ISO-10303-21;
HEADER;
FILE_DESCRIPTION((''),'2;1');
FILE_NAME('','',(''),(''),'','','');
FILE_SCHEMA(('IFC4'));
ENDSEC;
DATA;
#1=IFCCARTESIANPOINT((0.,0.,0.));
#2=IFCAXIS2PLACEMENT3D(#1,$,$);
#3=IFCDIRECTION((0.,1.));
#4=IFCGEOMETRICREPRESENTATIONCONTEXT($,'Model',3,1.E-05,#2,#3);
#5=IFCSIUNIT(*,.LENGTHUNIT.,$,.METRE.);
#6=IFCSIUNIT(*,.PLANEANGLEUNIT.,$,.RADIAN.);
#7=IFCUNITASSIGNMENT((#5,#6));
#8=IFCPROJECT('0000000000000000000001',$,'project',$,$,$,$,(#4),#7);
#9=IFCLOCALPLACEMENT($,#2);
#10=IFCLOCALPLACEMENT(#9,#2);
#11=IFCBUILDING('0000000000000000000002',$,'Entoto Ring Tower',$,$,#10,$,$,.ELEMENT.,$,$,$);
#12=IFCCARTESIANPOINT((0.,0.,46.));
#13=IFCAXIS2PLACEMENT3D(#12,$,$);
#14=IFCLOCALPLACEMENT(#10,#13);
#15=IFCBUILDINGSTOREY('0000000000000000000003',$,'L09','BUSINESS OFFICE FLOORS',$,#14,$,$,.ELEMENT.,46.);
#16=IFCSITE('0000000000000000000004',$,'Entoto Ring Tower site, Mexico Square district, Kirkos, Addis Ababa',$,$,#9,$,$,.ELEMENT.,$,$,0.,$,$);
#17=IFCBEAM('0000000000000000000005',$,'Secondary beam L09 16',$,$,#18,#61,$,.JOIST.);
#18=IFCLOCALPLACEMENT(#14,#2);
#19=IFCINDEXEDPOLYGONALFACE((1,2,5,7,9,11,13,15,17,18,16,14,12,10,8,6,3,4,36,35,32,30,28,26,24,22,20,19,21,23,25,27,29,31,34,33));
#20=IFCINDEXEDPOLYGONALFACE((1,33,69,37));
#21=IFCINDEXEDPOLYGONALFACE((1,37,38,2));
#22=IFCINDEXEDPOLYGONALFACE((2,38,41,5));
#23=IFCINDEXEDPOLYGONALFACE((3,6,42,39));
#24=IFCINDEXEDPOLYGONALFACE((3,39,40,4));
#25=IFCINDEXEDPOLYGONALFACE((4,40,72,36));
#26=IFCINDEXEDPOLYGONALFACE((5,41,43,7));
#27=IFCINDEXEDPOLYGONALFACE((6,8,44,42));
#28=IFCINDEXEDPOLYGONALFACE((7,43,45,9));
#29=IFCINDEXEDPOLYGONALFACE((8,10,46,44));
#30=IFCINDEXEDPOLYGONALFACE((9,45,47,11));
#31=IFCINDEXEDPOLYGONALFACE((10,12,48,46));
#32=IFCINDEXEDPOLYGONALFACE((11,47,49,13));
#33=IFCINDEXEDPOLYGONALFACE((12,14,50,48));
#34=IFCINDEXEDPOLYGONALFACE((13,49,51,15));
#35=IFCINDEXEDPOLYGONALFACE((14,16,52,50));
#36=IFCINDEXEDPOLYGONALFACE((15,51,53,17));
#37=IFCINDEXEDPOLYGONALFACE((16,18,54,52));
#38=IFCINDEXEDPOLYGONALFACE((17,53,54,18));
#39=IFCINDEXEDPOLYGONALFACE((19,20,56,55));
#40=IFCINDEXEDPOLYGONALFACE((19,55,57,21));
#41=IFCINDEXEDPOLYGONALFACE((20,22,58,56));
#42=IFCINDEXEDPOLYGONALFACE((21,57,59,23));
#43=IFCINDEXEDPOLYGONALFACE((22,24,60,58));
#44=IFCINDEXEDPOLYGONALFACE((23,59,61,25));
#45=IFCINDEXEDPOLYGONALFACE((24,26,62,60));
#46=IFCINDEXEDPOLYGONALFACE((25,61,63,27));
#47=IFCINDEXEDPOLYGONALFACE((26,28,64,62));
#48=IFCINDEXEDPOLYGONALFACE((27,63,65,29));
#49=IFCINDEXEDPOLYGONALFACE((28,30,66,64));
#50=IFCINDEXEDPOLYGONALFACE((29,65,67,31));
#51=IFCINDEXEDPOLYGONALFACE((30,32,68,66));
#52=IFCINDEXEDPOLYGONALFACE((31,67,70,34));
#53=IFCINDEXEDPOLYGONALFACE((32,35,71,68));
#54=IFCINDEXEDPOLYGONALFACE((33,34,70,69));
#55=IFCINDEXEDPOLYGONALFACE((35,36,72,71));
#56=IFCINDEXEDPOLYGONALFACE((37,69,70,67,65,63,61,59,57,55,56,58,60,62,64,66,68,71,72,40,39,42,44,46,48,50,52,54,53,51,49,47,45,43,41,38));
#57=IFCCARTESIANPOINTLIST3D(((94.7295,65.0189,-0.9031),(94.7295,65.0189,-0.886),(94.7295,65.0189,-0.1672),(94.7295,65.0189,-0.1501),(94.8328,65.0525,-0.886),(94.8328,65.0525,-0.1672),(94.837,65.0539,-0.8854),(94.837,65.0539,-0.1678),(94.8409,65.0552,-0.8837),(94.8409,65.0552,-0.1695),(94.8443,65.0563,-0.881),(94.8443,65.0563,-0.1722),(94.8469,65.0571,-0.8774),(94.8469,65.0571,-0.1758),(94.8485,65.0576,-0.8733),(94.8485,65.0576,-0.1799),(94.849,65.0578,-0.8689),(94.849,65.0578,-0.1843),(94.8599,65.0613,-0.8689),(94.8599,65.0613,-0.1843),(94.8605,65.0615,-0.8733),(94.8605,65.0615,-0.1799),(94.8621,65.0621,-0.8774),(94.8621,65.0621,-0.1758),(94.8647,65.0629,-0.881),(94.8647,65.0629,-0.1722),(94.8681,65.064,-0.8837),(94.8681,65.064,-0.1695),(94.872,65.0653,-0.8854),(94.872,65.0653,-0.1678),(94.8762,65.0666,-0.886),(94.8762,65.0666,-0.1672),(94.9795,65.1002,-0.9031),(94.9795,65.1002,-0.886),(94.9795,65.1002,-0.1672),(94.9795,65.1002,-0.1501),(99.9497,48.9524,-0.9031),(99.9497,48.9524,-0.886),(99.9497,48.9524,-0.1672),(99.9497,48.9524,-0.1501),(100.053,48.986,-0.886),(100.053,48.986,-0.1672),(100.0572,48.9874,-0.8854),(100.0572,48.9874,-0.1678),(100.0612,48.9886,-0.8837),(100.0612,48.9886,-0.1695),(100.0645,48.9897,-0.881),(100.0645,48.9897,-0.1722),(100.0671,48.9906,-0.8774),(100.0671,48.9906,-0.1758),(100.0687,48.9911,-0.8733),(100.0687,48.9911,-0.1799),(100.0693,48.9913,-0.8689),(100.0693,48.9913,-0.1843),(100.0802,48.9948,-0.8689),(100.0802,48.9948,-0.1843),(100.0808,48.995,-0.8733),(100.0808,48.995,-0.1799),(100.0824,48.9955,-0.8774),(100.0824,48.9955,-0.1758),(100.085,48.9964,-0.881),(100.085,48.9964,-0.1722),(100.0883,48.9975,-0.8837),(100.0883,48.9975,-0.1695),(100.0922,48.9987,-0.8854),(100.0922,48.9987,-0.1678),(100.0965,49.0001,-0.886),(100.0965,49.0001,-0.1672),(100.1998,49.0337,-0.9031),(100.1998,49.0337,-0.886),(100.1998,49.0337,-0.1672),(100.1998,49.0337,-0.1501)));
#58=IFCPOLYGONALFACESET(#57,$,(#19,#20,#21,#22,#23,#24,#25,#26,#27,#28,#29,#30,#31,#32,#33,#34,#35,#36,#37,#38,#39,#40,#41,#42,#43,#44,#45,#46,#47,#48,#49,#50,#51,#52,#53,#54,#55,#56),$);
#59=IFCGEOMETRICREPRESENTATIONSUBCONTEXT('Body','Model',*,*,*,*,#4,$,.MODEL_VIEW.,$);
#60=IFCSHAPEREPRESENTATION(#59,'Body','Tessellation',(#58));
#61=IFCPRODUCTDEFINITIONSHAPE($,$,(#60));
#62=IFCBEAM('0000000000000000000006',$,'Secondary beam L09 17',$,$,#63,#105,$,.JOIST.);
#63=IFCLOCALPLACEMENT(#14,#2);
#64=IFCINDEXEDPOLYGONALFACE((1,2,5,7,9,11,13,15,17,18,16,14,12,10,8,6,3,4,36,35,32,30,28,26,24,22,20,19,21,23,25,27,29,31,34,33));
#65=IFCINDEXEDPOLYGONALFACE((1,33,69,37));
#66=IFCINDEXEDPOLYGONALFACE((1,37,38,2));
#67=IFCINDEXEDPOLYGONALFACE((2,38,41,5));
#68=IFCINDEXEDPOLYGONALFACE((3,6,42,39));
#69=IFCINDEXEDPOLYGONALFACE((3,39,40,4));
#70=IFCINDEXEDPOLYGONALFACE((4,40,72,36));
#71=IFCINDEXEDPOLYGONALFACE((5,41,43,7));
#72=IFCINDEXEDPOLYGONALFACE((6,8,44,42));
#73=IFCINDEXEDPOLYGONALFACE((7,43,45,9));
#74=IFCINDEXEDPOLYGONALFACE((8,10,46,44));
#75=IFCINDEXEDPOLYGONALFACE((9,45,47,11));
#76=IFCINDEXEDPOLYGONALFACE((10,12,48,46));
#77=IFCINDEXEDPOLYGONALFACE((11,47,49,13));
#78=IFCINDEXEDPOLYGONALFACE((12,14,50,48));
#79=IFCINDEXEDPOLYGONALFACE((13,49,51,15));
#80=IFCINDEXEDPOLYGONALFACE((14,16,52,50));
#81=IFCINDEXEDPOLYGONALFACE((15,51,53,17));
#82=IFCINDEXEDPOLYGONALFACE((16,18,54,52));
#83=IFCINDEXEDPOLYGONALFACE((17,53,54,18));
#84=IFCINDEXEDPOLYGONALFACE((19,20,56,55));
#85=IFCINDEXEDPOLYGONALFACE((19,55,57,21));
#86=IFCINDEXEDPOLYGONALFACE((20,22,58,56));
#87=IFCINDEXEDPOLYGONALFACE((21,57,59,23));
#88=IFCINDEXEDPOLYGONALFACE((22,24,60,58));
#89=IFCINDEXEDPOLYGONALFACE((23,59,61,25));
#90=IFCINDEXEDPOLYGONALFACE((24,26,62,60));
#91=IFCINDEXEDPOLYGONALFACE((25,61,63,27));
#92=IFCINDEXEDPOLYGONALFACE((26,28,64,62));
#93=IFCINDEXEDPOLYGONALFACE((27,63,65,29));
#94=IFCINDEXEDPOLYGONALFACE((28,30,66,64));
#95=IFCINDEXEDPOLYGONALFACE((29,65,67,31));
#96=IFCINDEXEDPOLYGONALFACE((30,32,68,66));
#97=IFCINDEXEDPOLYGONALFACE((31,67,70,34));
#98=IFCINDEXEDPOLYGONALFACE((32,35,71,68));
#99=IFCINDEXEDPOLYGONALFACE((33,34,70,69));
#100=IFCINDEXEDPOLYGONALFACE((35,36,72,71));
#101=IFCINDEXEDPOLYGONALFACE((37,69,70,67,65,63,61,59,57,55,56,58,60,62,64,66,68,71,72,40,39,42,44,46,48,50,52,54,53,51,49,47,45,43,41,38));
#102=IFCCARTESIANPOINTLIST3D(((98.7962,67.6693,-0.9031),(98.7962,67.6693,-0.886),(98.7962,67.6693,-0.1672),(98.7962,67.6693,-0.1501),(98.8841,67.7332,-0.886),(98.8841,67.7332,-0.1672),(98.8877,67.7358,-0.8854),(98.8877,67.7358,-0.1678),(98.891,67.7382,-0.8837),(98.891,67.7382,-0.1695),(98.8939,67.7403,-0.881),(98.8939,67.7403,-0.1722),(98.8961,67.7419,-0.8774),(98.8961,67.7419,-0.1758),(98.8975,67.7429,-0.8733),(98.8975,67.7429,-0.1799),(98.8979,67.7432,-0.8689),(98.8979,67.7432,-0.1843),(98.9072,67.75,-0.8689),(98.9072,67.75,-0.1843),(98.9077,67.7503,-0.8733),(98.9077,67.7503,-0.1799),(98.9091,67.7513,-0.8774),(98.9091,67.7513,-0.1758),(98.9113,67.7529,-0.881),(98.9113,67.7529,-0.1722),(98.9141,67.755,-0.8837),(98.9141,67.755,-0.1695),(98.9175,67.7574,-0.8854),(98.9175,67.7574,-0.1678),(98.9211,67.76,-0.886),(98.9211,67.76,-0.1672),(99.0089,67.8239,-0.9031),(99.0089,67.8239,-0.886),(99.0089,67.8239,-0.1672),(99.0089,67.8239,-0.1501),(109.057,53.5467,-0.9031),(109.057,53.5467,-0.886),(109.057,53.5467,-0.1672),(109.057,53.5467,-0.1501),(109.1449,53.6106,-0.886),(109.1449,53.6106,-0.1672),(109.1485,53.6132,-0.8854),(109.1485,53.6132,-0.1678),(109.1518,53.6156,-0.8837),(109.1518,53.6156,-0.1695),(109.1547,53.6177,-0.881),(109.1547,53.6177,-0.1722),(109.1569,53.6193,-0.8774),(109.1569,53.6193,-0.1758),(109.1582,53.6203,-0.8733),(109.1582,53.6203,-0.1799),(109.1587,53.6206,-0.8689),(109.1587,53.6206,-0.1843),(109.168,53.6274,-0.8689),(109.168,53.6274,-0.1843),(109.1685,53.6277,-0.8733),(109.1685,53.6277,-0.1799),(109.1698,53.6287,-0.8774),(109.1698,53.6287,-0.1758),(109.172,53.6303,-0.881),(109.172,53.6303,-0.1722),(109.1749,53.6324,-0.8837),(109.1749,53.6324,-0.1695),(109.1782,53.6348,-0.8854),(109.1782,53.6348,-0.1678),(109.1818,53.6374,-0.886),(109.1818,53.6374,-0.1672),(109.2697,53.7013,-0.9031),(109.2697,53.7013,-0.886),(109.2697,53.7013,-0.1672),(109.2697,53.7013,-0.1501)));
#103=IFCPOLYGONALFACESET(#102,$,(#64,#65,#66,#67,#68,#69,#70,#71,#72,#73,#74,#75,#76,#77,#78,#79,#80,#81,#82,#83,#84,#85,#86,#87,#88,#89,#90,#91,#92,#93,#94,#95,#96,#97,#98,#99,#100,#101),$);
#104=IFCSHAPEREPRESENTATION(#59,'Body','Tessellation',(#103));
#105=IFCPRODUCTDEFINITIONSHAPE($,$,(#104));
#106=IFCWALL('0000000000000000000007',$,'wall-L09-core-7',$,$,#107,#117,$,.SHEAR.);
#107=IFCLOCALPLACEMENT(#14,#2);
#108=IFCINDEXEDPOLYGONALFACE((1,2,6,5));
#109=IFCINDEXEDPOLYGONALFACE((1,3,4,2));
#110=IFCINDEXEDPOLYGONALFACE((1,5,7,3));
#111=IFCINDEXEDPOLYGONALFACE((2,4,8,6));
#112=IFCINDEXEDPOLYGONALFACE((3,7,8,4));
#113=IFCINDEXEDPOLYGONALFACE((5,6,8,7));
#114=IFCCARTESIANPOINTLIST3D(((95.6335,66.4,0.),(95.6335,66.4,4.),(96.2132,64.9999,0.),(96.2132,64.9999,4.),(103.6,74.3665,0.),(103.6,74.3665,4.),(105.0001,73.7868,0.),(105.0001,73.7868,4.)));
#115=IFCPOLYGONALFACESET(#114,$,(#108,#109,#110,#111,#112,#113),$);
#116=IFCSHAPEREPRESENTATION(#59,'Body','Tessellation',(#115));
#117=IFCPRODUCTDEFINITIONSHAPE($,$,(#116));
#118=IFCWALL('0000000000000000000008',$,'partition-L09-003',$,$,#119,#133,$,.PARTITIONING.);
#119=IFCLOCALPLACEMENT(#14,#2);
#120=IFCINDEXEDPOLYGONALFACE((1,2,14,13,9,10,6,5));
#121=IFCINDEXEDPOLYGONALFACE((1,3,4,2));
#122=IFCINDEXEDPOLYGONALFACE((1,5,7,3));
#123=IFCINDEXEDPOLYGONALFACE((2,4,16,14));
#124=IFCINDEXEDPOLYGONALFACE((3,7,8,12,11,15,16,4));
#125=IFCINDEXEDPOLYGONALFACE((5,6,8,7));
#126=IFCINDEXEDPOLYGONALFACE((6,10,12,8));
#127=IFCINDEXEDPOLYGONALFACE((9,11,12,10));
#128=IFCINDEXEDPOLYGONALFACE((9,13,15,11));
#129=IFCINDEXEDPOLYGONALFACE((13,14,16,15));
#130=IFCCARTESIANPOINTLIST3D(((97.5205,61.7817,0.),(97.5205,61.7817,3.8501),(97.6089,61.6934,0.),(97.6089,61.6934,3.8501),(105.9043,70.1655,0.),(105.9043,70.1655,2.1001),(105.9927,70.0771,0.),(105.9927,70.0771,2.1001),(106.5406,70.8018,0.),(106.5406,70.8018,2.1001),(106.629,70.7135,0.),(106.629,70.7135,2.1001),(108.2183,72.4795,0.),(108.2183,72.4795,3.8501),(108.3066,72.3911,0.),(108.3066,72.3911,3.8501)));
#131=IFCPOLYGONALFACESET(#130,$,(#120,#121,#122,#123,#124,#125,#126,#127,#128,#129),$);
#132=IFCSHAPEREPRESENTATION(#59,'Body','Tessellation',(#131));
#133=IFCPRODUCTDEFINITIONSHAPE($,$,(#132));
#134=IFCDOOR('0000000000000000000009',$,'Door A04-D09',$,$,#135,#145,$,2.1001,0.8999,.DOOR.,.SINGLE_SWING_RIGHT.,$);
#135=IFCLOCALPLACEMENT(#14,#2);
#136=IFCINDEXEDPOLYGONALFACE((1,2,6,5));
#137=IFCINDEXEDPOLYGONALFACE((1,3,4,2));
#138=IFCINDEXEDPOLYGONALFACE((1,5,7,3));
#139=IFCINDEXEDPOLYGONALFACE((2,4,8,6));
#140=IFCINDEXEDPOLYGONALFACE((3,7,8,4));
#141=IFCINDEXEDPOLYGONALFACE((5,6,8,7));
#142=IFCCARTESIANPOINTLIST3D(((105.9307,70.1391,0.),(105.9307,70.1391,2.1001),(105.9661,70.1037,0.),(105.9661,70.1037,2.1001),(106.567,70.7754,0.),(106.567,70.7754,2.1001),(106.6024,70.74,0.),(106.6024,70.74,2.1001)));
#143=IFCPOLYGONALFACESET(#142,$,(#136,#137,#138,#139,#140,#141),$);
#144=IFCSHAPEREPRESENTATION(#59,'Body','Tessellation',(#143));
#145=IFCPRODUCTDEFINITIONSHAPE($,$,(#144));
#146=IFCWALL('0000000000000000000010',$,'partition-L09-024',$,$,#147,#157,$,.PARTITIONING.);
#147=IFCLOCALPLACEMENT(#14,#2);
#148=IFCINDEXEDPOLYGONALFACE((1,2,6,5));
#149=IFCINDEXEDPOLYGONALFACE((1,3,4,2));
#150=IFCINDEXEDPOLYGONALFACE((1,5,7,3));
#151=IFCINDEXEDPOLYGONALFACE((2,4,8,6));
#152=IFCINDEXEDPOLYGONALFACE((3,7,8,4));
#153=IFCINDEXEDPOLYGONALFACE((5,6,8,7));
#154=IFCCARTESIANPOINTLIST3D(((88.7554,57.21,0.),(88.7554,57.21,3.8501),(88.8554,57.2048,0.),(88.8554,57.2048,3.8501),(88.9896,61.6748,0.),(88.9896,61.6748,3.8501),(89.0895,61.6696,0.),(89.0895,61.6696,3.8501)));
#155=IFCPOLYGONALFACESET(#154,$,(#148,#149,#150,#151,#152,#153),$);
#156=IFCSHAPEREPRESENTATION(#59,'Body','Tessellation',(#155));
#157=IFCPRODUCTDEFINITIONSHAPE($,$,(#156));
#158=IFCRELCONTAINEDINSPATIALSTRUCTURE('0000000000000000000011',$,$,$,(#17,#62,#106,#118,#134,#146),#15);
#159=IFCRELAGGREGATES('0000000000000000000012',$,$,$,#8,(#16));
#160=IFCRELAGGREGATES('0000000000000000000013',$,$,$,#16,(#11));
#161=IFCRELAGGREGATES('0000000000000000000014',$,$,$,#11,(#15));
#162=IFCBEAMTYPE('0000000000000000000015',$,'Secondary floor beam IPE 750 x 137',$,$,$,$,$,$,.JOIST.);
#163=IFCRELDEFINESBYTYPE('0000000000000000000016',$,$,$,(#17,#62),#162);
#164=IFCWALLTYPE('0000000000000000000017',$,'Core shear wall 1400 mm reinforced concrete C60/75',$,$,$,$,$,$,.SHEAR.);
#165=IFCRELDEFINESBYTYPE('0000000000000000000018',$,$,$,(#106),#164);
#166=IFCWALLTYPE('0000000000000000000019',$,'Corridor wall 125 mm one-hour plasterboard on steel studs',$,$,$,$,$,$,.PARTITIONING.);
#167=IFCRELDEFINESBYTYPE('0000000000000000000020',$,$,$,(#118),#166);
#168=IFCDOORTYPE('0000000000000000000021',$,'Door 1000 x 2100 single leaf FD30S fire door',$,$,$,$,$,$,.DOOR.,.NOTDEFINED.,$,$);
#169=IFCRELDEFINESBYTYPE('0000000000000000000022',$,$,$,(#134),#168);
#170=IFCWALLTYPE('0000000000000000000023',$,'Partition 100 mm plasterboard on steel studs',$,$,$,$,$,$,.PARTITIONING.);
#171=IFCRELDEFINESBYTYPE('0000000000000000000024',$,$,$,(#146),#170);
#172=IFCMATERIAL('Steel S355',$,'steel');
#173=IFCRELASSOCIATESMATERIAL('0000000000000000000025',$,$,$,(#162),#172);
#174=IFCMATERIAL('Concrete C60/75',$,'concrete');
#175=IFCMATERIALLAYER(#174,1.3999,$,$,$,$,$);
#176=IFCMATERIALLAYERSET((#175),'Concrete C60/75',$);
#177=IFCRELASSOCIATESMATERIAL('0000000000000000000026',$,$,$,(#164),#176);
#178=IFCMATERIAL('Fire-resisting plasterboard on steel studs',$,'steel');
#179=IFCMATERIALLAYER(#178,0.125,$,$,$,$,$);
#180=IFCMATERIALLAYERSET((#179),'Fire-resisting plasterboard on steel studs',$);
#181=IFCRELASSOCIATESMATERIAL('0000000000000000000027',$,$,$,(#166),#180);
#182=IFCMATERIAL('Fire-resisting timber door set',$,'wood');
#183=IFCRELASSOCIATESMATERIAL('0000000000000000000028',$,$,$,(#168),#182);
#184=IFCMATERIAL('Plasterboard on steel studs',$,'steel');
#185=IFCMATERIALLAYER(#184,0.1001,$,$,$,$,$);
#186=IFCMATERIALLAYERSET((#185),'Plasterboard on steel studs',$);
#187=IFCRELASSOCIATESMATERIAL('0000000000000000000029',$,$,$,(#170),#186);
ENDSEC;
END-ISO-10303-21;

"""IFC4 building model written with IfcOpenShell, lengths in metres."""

from ifc_helpers import new_model, si_unit, direction, frame, frame_2d, origin, origin_2d, place, context, subcontext, project, spatial, polyline, rectangle, i_section, outline, extrude, material, layer, layer_set, material_profile, profile_set, type_object, element, fill, save


model = new_model("IFC4")

# Units and contexts
model_context = context("Model", 3, precision=1e-05, world=origin(), true_north=direction((0.0, 1.0)))
body_context = subcontext(model_context, "Body", "Model", "MODEL_VIEW")
ifc_project = project(units=[si_unit("LENGTHUNIT", "METRE"), si_unit("PLANEANGLEUNIT", "RADIAN")], contexts=[model_context])

# Site, building, storey
site_placement = place(None, origin())
site = spatial("IfcSite", under=ifc_project, at=site_placement, Name="Entoto Ring Tower site, Mexico Square district, Kirkos, Addis Ababa", CompositionType="ELEMENT", RefElevation=0.0)
building_placement = place(site_placement, origin())
building = spatial("IfcBuilding", under=site, at=building_placement, Name="Entoto Ring Tower", CompositionType="ELEMENT")
storey_placement = place(building_placement, frame((0.0, 0.0, 46.0)))
storey = spatial("IfcBuildingStorey", under=building, at=storey_placement, Name="L09", Description="BUSINESS OFFICE FLOORS", CompositionType="ELEMENT", Elevation=46.0)

# Beams
ifc_material_1 = material(Name="Steel S355", Category="steel")
ifc_material_profile_1 = material_profile(ifc_material_1, i_section(OverallWidth=0.2629, OverallDepth=0.7529, WebThickness=0.0115, FlangeThickness=0.0171, FilletRadius=0.0171, at=origin_2d()), Name="IPE 750 x 137")
ifc_profile_set_1 = profile_set([ifc_material_profile_1], Name="Steel S355")
beam_type_1 = type_object("IfcBeamType", Name="Secondary floor beam IPE 750 x 137", PredefinedType="JOIST", material=ifc_profile_set_1)
beam_1_placement = place(storey_placement, frame((94.8545, 65.0596, -0.5266), z_axis=(0.309013, -0.951058, 0.0), x_axis=(0.951058, 0.309013, 0.0)))
element("IfcBeam", 1, at=beam_1_placement, inside=storey, type_object=beam_type_1, Name="Secondary beam L09 16", PredefinedType="JOIST", context=body_context, shape_type="SweptSolid", body=[
    extrude(i_section(OverallWidth=0.2629, OverallDepth=0.7529, WebThickness=0.0115, FlangeThickness=0.0171, FilletRadius=0.0171, at=origin_2d()), origin(), (0.0, 0.0, 1.0), 16.8933),
])
beam_2_placement = place(storey_placement, frame((98.9026, 67.7466, -0.5266), z_axis=(0.587789, -0.809014, 0.0), x_axis=(0.809014, 0.587789, 0.0)))
element("IfcBeam", 2, at=beam_2_placement, inside=storey, type_object=beam_type_1, Name="Secondary beam L09 17", PredefinedType="JOIST", context=body_context, shape_type="SweptSolid", body=[
    extrude(i_section(OverallWidth=0.2629, OverallDepth=0.7529, WebThickness=0.0115, FlangeThickness=0.0171, FilletRadius=0.0171, at=origin_2d()), origin(), (0.0, 0.0, 1.0), 17.4565),
])

# Wall
ifc_material_2 = material(Name="Concrete C60/75", Category="concrete")
ifc_layer_1 = layer(ifc_material_2, 1.3999)
ifc_layer_set_1 = layer_set([ifc_layer_1], Name="Concrete C60/75")
wall_type_1 = type_object("IfcWallType", Name="Core shear wall 1400 mm reinforced concrete C60/75", PredefinedType="SHEAR", material=ifc_layer_set_1)
wall_1_placement = place(storey_placement, frame((95.9233, 65.7, 0.0), z_axis=(0.0, 0.0, 1.0), x_axis=(0.707107, 0.707107, 0.0)))
element("IfcWall", 3, at=wall_1_placement, inside=storey, type_object=wall_type_1, Name="wall-L09-core-7", PredefinedType="SHEAR", context=body_context, shape_type="SweptSolid", body=[
    extrude(outline(polyline([(-0.29, -0.7), (12.1365, -0.7), (11.5564, 0.7), (0.29, 0.7), (-0.29, -0.7)])), origin(), (0.0, 0.0, 1.0), 4.0),
])

# Wall, opening, door
ifc_material_3 = material(Name="Fire-resisting plasterboard on steel studs", Category="steel")
ifc_layer_2 = layer(ifc_material_3, 0.125)
ifc_layer_set_2 = layer_set([ifc_layer_2], Name="Fire-resisting plasterboard on steel studs")
wall_type_2 = type_object("IfcWallType", Name="Corridor wall 125 mm one-hour plasterboard on steel studs", PredefinedType="PARTITIONING", material=ifc_layer_set_2)
wall_2_placement = place(storey_placement, frame((97.5647, 61.7375, 0.0), z_axis=(0.0, 0.0, 1.0), x_axis=(0.707107, 0.707107, 0.0)))
wall_2 = element("IfcWall", 4, at=wall_2_placement, inside=storey, type_object=wall_type_2, Name="partition-L09-003", PredefinedType="PARTITIONING", context=body_context, shape_type="SweptSolid", body=[
    extrude(rectangle(XDim=15.1289, YDim=0.125, at=frame_2d((7.5645, 0.0))), origin(), (0.0, 0.0, 1.0), 3.8501),
])
opening_placement = place(wall_2_placement, frame((11.8564, 0.0, 0.0)))
opening = element("IfcOpeningElement", 5, at=opening_placement, cuts=wall_2, PredefinedType="OPENING", context=body_context, shape_type="SweptSolid", body=[
    extrude(rectangle(XDim=0.8999, YDim=2.1001, at=frame_2d((0.45, 1.05))), frame((0.0, 0.0725, 0.0), z_axis=(0.0, -1.0, 0.0), x_axis=(1.0, 0.0, 0.0)), (0.0, 0.0, 1.0), 0.145),
])
ifc_material_4 = material(Name="Fire-resisting timber door set", Category="wood")
door_type = type_object("IfcDoorType", Name="Door 1000 x 2100 single leaf FD30S fire door", OperationType="NOTDEFINED", PredefinedType="DOOR", material=ifc_material_4)
door_placement = place(opening_placement, frame((0.8999, 0.0, 0.0), z_axis=(0.0, 0.0, 1.0), x_axis=(-1.0, 0.0, 0.0)))
door = element("IfcDoor", 6, at=door_placement, inside=storey, type_object=door_type, Name="Door A04-D09", OperationType="SINGLE_SWING_RIGHT", OverallHeight=2.1001, OverallWidth=0.8999, PredefinedType="DOOR", context=body_context, shape_type="SweptSolid", body=[
    extrude(rectangle(XDim=0.8999, YDim=2.1001, at=frame_2d((0.45, 1.05))), frame((0.0, 0.0249, 0.0), z_axis=(0.0, -1.0, 0.0), x_axis=(1.0, 0.0, 0.0)), (0.0, 0.0, 1.0), 0.05),
])
fill(opening, door)

# Wall
ifc_material_5 = material(Name="Plasterboard on steel studs", Category="steel")
ifc_layer_3 = layer(ifc_material_5, 0.1001)
ifc_layer_set_3 = layer_set([ifc_layer_3], Name="Plasterboard on steel studs")
wall_type_3 = type_object("IfcWallType", Name="Partition 100 mm plasterboard on steel studs", PredefinedType="PARTITIONING", material=ifc_layer_set_3)
wall_3_placement = place(storey_placement, frame((88.8054, 57.2075, 0.0), z_axis=(0.0, 0.0, 1.0), x_axis=(0.052367, 0.998628, 0.0)))
element("IfcWall", 7, at=wall_3_placement, inside=storey, type_object=wall_type_3, Name="partition-L09-024", PredefinedType="PARTITIONING", context=body_context, shape_type="SweptSolid", body=[
    extrude(rectangle(XDim=4.4709, YDim=0.1001, at=frame_2d((2.2354, 0.0))), origin(), (0.0, 0.0, 1.0), 3.8501),
])

save(model, "model.ifc")
